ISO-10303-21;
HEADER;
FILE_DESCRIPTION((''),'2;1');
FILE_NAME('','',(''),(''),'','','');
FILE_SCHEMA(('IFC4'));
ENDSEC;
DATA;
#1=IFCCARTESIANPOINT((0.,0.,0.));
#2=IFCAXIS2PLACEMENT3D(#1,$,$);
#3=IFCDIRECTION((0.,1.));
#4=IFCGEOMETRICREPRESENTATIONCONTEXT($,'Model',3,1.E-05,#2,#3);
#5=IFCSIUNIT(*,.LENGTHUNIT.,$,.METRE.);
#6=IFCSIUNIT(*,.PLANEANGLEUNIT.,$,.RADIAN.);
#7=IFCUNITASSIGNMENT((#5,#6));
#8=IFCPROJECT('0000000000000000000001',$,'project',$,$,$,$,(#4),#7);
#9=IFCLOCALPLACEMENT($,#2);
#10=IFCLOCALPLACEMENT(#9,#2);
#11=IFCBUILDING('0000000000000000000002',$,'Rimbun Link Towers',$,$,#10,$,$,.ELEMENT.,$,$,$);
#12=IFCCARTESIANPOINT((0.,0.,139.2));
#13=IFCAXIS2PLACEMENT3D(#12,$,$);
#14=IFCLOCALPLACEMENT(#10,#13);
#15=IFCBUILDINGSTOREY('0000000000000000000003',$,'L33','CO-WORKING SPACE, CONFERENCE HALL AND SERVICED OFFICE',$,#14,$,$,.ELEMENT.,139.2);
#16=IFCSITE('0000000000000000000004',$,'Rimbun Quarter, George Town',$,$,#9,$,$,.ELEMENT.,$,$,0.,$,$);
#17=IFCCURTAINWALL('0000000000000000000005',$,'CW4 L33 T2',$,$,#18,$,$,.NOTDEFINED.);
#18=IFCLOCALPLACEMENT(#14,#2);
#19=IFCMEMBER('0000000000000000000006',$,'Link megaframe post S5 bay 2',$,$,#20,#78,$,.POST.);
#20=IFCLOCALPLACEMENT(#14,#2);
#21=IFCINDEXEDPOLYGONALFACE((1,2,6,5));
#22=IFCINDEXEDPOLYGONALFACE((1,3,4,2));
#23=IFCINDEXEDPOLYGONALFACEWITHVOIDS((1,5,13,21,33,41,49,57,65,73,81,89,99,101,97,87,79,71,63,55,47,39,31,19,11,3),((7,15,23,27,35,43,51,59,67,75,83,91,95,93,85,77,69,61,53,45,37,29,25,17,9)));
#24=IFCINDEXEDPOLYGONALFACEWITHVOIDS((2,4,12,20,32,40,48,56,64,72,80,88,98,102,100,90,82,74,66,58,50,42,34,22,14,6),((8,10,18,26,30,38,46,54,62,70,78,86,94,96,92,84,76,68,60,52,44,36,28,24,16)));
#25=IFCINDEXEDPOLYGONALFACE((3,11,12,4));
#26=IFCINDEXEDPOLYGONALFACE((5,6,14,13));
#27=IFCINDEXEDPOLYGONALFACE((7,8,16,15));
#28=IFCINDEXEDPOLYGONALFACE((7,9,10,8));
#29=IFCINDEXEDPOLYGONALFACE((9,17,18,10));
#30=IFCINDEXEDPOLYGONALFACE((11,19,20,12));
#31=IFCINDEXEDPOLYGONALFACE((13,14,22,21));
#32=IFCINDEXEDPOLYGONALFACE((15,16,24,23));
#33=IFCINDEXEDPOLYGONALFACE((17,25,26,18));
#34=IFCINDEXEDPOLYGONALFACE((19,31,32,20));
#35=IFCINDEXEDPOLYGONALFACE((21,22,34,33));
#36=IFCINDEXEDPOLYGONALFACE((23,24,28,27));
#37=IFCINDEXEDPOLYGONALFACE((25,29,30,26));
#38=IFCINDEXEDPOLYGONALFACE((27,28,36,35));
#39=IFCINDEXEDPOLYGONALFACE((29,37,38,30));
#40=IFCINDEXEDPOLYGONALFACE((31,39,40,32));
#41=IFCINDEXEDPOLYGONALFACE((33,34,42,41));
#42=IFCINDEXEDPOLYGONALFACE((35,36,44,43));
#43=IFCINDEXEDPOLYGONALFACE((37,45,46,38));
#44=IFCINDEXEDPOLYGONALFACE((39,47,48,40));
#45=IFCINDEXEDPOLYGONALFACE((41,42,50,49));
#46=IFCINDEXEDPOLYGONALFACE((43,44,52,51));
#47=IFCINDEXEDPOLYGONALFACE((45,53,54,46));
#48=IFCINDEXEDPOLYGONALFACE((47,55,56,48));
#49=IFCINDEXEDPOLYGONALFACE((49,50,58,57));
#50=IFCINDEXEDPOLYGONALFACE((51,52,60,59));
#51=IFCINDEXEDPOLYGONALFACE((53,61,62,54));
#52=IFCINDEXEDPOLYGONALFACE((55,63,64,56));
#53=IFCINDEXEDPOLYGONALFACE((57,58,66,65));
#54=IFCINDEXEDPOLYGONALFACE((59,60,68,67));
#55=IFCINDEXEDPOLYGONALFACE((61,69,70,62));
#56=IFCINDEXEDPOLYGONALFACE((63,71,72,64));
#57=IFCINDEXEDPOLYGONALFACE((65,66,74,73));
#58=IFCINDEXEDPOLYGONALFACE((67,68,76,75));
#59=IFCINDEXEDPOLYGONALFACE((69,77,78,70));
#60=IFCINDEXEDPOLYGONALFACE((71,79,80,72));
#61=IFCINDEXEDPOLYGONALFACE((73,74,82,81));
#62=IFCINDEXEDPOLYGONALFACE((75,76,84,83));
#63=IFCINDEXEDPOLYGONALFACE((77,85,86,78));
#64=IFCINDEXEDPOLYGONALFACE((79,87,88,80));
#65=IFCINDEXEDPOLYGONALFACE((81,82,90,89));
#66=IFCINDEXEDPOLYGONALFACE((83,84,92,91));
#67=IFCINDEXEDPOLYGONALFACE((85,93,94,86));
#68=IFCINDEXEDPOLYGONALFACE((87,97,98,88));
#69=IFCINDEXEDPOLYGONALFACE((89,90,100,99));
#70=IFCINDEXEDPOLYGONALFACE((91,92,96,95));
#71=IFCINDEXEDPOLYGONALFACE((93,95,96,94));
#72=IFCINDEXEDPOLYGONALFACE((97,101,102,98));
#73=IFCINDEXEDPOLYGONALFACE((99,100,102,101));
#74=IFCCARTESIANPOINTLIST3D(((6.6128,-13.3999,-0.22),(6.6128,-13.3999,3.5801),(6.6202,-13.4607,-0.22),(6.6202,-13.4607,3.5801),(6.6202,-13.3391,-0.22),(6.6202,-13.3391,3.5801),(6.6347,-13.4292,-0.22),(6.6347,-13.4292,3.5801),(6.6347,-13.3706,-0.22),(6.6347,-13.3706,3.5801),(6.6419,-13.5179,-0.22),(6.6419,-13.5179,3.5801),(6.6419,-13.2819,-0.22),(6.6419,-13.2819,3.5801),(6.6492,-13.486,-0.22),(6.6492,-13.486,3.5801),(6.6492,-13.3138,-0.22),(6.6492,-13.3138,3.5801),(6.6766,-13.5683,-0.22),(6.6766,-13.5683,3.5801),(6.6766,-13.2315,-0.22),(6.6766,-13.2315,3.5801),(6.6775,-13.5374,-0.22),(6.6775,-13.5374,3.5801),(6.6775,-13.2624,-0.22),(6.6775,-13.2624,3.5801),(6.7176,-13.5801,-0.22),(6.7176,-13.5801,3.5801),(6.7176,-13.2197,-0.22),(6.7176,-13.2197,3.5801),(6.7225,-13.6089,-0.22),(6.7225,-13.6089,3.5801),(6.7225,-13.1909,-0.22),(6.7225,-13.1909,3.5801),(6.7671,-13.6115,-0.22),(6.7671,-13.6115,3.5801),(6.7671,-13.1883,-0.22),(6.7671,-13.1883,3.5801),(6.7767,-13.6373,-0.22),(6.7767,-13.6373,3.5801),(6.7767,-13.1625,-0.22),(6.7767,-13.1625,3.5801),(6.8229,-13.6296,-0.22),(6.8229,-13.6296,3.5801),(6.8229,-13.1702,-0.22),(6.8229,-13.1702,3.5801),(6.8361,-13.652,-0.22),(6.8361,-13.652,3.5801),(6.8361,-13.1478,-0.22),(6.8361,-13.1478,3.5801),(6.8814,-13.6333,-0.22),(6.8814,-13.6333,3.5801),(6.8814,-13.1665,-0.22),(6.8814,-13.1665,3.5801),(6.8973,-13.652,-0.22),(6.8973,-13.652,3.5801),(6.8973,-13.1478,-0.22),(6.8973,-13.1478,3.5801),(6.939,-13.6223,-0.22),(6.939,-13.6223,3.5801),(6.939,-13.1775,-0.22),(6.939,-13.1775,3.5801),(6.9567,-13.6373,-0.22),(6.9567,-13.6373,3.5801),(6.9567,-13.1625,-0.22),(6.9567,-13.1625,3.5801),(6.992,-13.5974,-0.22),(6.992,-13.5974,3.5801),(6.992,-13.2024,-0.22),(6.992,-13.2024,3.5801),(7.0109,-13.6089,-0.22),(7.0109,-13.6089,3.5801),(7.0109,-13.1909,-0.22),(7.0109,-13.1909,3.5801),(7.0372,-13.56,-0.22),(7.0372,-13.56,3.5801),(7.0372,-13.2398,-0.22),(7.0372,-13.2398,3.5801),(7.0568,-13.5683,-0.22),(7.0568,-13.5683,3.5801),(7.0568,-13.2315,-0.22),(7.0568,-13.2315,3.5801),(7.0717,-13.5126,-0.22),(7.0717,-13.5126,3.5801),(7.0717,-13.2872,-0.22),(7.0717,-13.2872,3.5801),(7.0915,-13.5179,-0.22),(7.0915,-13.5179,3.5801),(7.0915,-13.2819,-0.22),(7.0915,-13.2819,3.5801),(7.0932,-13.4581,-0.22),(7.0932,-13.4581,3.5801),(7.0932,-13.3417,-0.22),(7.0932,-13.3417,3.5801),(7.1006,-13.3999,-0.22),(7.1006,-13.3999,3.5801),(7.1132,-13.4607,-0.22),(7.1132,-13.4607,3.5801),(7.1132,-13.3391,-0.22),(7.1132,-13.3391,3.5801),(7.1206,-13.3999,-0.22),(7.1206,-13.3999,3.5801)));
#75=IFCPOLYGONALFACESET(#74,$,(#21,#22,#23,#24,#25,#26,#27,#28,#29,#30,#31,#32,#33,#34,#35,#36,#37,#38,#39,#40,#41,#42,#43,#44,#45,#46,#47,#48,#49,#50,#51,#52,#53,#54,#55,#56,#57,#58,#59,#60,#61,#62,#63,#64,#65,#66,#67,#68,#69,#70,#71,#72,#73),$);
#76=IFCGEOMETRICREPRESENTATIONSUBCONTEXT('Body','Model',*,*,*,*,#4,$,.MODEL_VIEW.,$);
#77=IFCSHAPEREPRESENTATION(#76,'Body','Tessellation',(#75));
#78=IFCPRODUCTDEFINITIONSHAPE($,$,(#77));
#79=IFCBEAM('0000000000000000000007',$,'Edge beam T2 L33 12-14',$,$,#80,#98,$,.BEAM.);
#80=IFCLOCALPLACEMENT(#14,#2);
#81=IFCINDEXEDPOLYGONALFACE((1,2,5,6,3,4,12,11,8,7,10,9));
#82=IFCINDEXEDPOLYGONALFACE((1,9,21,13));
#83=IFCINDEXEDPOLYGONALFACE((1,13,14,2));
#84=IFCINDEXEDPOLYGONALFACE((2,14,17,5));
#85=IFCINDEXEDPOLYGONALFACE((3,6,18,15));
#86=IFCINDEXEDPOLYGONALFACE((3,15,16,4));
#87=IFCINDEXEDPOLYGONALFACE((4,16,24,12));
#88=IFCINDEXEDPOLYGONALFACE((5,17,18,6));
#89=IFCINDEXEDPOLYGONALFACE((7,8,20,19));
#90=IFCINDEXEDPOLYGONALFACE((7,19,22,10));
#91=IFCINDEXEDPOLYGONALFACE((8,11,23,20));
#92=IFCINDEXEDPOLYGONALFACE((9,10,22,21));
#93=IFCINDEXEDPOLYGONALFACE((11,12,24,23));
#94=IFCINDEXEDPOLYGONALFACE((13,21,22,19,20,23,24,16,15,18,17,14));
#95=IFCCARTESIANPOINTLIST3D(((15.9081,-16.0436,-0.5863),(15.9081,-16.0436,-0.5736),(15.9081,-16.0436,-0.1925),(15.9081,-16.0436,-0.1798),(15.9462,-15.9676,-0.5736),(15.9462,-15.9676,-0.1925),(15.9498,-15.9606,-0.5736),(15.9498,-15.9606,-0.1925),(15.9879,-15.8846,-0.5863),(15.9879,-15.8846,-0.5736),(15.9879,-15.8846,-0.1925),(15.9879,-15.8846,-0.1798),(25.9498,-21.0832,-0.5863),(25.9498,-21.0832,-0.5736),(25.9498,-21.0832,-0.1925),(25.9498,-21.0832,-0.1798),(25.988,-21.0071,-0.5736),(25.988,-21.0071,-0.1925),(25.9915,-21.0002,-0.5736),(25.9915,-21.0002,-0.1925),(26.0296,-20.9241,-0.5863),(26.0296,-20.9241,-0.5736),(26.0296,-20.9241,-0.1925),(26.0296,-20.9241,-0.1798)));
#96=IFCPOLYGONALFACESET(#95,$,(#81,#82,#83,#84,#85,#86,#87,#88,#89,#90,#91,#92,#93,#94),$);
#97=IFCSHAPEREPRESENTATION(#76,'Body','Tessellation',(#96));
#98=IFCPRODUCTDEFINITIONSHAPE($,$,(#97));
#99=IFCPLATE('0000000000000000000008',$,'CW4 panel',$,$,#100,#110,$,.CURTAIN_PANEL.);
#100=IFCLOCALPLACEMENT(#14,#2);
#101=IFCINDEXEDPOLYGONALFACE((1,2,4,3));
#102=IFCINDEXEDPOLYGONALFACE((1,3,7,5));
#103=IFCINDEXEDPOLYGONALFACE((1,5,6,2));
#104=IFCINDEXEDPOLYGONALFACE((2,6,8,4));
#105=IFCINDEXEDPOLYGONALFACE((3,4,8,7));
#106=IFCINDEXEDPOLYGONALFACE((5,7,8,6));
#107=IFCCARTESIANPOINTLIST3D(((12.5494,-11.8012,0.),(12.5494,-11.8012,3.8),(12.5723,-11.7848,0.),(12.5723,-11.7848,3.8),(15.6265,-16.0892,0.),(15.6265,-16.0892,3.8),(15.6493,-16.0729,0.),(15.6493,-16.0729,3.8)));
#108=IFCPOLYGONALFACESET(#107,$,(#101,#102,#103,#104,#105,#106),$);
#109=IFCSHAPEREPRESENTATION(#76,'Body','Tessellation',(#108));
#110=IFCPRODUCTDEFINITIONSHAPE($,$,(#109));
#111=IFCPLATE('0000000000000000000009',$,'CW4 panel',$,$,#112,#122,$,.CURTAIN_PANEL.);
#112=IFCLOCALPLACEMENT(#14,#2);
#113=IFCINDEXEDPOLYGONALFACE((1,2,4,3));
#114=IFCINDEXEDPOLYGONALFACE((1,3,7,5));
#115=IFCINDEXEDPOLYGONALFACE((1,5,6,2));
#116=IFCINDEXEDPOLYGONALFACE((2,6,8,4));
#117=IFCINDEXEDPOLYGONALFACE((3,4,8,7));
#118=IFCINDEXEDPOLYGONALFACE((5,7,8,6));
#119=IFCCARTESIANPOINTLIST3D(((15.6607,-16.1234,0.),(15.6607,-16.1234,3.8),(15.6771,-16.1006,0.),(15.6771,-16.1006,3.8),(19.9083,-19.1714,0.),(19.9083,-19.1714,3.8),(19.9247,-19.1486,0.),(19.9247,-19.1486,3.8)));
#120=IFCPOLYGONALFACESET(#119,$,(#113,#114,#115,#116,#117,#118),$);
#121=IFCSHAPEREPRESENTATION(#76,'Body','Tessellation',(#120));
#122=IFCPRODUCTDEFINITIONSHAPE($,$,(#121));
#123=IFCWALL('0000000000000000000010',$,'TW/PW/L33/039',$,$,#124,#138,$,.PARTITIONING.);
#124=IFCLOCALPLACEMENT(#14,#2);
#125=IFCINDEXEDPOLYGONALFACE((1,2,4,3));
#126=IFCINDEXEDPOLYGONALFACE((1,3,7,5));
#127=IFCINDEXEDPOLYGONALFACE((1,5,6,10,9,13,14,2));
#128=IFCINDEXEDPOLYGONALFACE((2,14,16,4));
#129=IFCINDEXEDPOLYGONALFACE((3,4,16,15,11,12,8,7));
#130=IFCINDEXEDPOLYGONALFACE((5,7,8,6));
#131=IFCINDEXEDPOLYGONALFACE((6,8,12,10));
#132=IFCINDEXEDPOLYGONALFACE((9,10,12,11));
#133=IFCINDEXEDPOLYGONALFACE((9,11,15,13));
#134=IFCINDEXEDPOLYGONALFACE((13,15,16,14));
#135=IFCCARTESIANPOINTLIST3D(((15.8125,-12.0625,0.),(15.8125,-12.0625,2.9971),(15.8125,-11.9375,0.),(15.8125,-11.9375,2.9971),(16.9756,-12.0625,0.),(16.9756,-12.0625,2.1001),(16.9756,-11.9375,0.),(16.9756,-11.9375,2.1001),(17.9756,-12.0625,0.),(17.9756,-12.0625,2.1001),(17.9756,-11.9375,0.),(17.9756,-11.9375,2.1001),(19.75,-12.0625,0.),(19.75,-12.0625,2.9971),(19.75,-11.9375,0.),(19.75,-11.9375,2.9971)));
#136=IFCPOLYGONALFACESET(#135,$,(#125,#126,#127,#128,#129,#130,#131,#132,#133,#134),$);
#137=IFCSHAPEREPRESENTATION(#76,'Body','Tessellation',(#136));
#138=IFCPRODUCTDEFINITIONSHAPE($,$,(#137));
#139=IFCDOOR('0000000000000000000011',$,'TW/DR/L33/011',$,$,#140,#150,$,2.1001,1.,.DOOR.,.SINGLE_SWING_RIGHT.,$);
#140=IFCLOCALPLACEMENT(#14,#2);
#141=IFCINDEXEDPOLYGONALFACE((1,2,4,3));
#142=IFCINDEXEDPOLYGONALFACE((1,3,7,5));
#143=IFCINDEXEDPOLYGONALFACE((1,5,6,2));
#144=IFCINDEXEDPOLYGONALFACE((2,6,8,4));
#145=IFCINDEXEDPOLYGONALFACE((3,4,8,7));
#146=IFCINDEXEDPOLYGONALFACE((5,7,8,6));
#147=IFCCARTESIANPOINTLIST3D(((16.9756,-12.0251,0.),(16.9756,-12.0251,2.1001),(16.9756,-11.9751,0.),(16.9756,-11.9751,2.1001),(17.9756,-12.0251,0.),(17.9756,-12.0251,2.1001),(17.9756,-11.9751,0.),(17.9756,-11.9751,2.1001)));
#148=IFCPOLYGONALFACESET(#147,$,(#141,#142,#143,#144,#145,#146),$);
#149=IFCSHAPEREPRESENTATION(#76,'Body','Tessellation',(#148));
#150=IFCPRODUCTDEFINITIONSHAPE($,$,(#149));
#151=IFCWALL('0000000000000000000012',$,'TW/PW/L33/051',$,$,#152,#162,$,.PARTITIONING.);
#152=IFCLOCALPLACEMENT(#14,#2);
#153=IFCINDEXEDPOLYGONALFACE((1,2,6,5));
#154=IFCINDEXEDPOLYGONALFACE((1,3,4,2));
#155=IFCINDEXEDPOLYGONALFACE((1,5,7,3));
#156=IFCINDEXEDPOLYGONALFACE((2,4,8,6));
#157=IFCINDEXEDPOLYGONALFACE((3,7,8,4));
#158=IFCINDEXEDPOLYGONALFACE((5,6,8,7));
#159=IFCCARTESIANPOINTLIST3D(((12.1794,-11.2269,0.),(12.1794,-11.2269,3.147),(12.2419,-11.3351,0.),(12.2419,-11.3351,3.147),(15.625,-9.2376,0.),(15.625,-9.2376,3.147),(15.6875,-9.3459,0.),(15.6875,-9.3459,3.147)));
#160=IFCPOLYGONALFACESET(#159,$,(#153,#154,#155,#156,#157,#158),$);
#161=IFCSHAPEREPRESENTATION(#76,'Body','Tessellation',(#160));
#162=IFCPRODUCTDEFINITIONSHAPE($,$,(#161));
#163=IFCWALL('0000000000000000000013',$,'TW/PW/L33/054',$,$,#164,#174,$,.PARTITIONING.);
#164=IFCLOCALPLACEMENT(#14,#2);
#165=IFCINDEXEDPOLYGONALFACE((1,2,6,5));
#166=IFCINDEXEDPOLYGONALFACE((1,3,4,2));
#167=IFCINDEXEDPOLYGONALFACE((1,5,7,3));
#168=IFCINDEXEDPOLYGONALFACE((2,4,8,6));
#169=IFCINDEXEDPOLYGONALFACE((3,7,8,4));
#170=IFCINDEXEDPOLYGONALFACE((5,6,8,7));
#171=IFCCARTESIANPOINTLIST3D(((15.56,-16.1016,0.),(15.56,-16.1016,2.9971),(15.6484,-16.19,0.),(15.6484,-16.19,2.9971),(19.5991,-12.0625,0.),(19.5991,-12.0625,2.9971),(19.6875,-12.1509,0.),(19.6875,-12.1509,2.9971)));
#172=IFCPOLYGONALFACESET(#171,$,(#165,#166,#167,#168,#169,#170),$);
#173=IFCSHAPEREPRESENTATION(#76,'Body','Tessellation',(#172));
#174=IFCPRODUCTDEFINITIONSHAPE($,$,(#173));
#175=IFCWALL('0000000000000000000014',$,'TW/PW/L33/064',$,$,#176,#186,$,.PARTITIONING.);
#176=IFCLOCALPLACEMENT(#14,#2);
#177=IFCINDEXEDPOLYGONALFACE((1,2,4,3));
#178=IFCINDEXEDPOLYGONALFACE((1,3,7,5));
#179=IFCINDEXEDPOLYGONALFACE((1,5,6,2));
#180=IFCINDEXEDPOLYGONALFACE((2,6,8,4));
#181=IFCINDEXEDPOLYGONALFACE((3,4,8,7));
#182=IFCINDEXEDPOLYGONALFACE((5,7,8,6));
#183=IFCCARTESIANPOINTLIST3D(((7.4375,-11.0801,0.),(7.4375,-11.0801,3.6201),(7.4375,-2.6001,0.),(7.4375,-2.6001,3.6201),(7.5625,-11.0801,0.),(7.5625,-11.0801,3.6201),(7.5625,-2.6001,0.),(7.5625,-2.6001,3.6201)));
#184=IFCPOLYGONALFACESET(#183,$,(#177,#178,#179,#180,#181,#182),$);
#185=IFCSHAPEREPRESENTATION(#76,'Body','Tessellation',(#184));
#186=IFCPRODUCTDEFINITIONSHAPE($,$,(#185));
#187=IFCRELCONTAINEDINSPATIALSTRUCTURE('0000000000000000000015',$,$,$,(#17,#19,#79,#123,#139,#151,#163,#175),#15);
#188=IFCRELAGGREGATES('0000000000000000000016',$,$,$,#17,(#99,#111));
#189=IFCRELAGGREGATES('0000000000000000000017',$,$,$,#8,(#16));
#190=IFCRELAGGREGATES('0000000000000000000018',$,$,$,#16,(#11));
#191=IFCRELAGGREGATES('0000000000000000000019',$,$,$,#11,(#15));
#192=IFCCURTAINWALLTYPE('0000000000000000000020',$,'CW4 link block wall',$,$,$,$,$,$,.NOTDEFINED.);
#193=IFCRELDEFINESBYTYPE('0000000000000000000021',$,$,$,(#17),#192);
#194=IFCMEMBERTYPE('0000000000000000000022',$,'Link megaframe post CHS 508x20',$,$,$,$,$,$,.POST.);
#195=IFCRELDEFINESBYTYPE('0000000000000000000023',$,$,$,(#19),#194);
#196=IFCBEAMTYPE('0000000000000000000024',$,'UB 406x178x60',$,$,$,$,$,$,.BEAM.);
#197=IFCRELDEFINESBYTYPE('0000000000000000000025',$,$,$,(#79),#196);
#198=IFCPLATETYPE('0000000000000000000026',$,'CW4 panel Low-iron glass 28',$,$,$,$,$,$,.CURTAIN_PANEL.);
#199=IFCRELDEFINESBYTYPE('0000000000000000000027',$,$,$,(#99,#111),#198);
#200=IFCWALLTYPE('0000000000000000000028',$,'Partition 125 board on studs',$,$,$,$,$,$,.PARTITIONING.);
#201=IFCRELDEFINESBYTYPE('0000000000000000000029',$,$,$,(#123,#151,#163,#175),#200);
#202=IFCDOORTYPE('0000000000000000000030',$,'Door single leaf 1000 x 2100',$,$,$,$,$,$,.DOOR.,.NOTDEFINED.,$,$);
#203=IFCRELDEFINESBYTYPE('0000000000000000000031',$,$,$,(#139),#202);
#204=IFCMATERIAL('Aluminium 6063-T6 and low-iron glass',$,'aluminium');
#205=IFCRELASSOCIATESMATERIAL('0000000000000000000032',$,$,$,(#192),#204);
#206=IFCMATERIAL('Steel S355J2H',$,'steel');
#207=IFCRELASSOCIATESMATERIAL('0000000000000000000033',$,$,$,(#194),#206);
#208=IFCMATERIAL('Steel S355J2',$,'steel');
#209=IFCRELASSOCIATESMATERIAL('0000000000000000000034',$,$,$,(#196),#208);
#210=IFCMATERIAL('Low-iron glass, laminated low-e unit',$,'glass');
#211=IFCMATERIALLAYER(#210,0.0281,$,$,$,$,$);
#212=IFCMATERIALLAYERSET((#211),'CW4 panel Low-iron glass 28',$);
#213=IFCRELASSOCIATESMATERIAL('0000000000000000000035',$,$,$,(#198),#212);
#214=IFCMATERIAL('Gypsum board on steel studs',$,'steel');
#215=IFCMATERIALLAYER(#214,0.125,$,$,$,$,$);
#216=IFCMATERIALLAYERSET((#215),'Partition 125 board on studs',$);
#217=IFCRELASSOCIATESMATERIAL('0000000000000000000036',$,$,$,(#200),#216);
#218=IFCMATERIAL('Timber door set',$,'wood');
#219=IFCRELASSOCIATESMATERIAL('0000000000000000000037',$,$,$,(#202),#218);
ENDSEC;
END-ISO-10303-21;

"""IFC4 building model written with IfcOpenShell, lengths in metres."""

from ifc_helpers import new_model, si_unit, direction, frame, frame_2d, origin, origin_2d, place, context, subcontext, project, spatial, rectangle, hollow_circle, i_section, extrude, material, layer, layer_set, material_profile, profile_set, type_object, element, fill, aggregate, save


model = new_model("IFC4")

# Units and contexts
model_context = context("Model", 3, precision=1e-05, world=origin(), true_north=direction((0.0, 1.0)))
body_context = subcontext(model_context, "Body", "Model", "MODEL_VIEW")
ifc_project = project(units=[si_unit("LENGTHUNIT", "METRE"), si_unit("PLANEANGLEUNIT", "RADIAN")], contexts=[model_context])

# Site, building, storey
site_placement = place(None, origin())
site = spatial("IfcSite", under=ifc_project, at=site_placement, Name="Rimbun Quarter, George Town", CompositionType="ELEMENT", RefElevation=0.0)
building_placement = place(site_placement, origin())
building = spatial("IfcBuilding", under=site, at=building_placement, Name="Rimbun Link Towers", CompositionType="ELEMENT")
storey_placement = place(building_placement, frame((0.0, 0.0, 139.2)))
storey = spatial("IfcBuildingStorey", under=building, at=storey_placement, Name="L33", Description="CO-WORKING SPACE, CONFERENCE HALL AND SERVICED OFFICE", CompositionType="ELEMENT", Elevation=139.2)

# Curtain wall
ifc_material_1 = material(Name="Aluminium 6063-T6 and low-iron glass", Category="aluminium")
curtain_wall_type = type_object("IfcCurtainWallType", Name="CW4 link block wall", PredefinedType="NOTDEFINED", material=ifc_material_1)
curtain_wall_1_placement = place(storey_placement, origin())
curtain_wall_1 = element("IfcCurtainWall", 1, at=curtain_wall_1_placement, inside=storey, type_object=curtain_wall_type, Name="CW4 L33 T2", PredefinedType="NOTDEFINED")

# Member
ifc_material_2 = material(Name="Steel S355J2H", Category="steel")
ifc_material_profile_1 = material_profile(ifc_material_2, hollow_circle(Radius=0.2539, WallThickness=0.02, at=origin_2d()), Name="CHS 508x20")
ifc_profile_set_1 = profile_set([ifc_material_profile_1], Name="Steel S355J2H")
member_type_1 = type_object("IfcMemberType", Name="Link megaframe post CHS 508x20", PredefinedType="POST", material=ifc_profile_set_1)
member_1_placement = place(storey_placement, frame((6.8667, -13.3999, -0.22), z_axis=(0.0, 0.0, 1.0), x_axis=(1.0, 0.0, 0.0)))
element("IfcMember", 2, at=member_1_placement, inside=storey, type_object=member_type_1, Name="Link megaframe post S5 bay 2", PredefinedType="POST", context=body_context, shape_type="SweptSolid", body=[
    extrude(hollow_circle(Radius=0.2539, WallThickness=0.02, at=origin_2d()), origin(), (0.0, 0.0, 1.0), 3.8),
])

# Beam
ifc_material_3 = material(Name="Steel S355J2", Category="steel")
ifc_material_profile_2 = material_profile(ifc_material_3, i_section(OverallWidth=0.178, OverallDepth=0.4065, WebThickness=0.0078, FlangeThickness=0.0127, at=origin_2d()), Name="UB 406x178x60")
ifc_profile_set_2 = profile_set([ifc_material_profile_2], Name="Steel S355J2")
beam_type = type_object("IfcBeamType", Name="UB 406x178x60", PredefinedType="BEAM", material=ifc_profile_set_2)
beam_placement = place(storey_placement, frame((15.948, -15.9641, -0.3831), z_axis=(0.893761, -0.448543, 0.0), x_axis=(0.448543, 0.893761, 0.0)))
element("IfcBeam", 3, at=beam_placement, inside=storey, type_object=beam_type, Name="Edge beam T2 L33 12-14", PredefinedType="BEAM", context=body_context, shape_type="SweptSolid", body=[
    extrude(i_section(OverallWidth=0.178, OverallDepth=0.4065, WebThickness=0.0078, FlangeThickness=0.0127, at=origin_2d()), origin(), (0.0, 0.0, 1.0), 11.2354),
])

# Plates
ifc_material_4 = material(Name="Low-iron glass, laminated low-e unit", Category="glass")
ifc_layer_1 = layer(ifc_material_4, 0.0281)
ifc_layer_set_1 = layer_set([ifc_layer_1], Name="CW4 panel Low-iron glass 28")
plate_type = type_object("IfcPlateType", Name="CW4 panel Low-iron glass 28", PredefinedType="CURTAIN_PANEL", material=ifc_layer_set_1)
plate_1_placement = place(storey_placement, frame((14.0994, -13.937, 0.0), z_axis=(0.0, 0.0, 1.0), x_axis=(-0.583009, 0.812465, 0.0)))
plate_1 = element("IfcPlate", 4, at=plate_1_placement, type_object=plate_type, Name="CW4 panel", PredefinedType="CURTAIN_PANEL", context=body_context, shape_type="SweptSolid", body=[
    extrude(rectangle(XDim=5.2778, YDim=0.0281, at=origin_2d()), origin(), (0.0, 0.0, 1.0), 3.8),
])
plate_2_placement = place(storey_placement, frame((17.7927, -17.636, 0.0), z_axis=(0.0, 0.0, 1.0), x_axis=(-0.812465, 0.583009, 0.0)))
plate_2 = element("IfcPlate", 5, at=plate_2_placement, type_object=plate_type, Name="CW4 panel", PredefinedType="CURTAIN_PANEL", context=body_context, shape_type="SweptSolid", body=[
    extrude(rectangle(XDim=5.228, YDim=0.0281, at=origin_2d()), origin(), (0.0, 0.0, 1.0), 3.8),
])
aggregate(curtain_wall_1, [plate_1, plate_2])

# Wall, opening, door
ifc_material_5 = material(Name="Gypsum board on steel studs", Category="steel")
ifc_layer_2 = layer(ifc_material_5, 0.125)
ifc_layer_set_2 = layer_set([ifc_layer_2], Name="Partition 125 board on studs")
wall_type = type_object("IfcWallType", Name="Partition 125 board on studs", PredefinedType="PARTITIONING", material=ifc_layer_set_2)
wall_1_placement = place(storey_placement, frame((15.8125, -12.0, 0.0), z_axis=(0.0, 0.0, 1.0), x_axis=(1.0, 0.0, 0.0)))
wall_1 = element("IfcWall", 6, at=wall_1_placement, inside=storey, type_object=wall_type, Name="TW/PW/L33/039", PredefinedType="PARTITIONING", context=body_context, shape_type="SweptSolid", body=[
    extrude(rectangle(XDim=3.9375, YDim=0.125, at=frame_2d((1.9688, 0.0))), origin(), (0.0, 0.0, 1.0), 2.9971),
])
opening_placement = place(wall_1_placement, frame((1.1631, 0.0, 0.0)))
opening = element("IfcOpeningElement", 7, at=opening_placement, cuts=wall_1, PredefinedType="OPENING", context=body_context, shape_type="SweptSolid", body=[
    extrude(rectangle(XDim=1.0, YDim=2.1001, at=frame_2d((0.5, 1.05))), frame((0.0, 0.0725, 0.0), z_axis=(0.0, -1.0, 0.0), x_axis=(1.0, 0.0, 0.0)), (0.0, 0.0, 1.0), 0.145),
])
ifc_material_6 = material(Name="Timber door set", Category="wood")
door_type = type_object("IfcDoorType", Name="Door single leaf 1000 x 2100", OperationType="NOTDEFINED", PredefinedType="DOOR", material=ifc_material_6)
door_placement = place(opening_placement, origin())
door = element("IfcDoor", 8, at=door_placement, inside=storey, type_object=door_type, Name="TW/DR/L33/011", OperationType="SINGLE_SWING_RIGHT", OverallHeight=2.1001, OverallWidth=1.0, PredefinedType="DOOR", context=body_context, shape_type="SweptSolid", body=[
    extrude(rectangle(XDim=1.0, YDim=2.1001, at=frame_2d((0.5, 1.05))), frame((0.0, 0.0249, 0.0), z_axis=(0.0, -1.0, 0.0), x_axis=(1.0, 0.0, 0.0)), (0.0, 0.0, 1.0), 0.05),
])
fill(opening, door)

# Walls
wall_2_placement = place(storey_placement, frame((12.2107, -11.281, 0.0), z_axis=(0.0, 0.0, 1.0), x_axis=(0.866029, 0.499993, 0.0)))
element("IfcWall", 9, at=wall_2_placement, inside=storey, type_object=wall_type, Name="TW/PW/L33/051", PredefinedType="PARTITIONING", context=body_context, shape_type="SweptSolid", body=[
    extrude(rectangle(XDim=3.9785, YDim=0.125, at=frame_2d((1.9893, 0.0))), origin(), (0.0, 0.0, 1.0), 3.147),
])
wall_3_placement = place(storey_placement, frame((15.6042, -16.1458, 0.0), z_axis=(0.0, 0.0, 1.0), x_axis=(0.707107, 0.707107, 0.0)))
element("IfcWall", 10, at=wall_3_placement, inside=storey, type_object=wall_type, Name="TW/PW/L33/054", PredefinedType="PARTITIONING", context=body_context, shape_type="SweptSolid", body=[
    extrude(rectangle(XDim=5.7122, YDim=0.125, at=frame_2d((2.856, 0.0))), origin(), (0.0, 0.0, 1.0), 2.9971),
])
wall_4_placement = place(storey_placement, frame((7.5, -11.0801, 0.0), z_axis=(0.0, 0.0, 1.0), x_axis=(0.0, 1.0, 0.0)))
element("IfcWall", 11, at=wall_4_placement, inside=storey, type_object=wall_type, Name="TW/PW/L33/064", PredefinedType="PARTITIONING", context=body_context, shape_type="SweptSolid", body=[
    extrude(rectangle(XDim=8.48, YDim=0.125, at=frame_2d((4.24, 0.0))), origin(), (0.0, 0.0, 1.0), 3.6201),
])

save(model, "model.ifc")
